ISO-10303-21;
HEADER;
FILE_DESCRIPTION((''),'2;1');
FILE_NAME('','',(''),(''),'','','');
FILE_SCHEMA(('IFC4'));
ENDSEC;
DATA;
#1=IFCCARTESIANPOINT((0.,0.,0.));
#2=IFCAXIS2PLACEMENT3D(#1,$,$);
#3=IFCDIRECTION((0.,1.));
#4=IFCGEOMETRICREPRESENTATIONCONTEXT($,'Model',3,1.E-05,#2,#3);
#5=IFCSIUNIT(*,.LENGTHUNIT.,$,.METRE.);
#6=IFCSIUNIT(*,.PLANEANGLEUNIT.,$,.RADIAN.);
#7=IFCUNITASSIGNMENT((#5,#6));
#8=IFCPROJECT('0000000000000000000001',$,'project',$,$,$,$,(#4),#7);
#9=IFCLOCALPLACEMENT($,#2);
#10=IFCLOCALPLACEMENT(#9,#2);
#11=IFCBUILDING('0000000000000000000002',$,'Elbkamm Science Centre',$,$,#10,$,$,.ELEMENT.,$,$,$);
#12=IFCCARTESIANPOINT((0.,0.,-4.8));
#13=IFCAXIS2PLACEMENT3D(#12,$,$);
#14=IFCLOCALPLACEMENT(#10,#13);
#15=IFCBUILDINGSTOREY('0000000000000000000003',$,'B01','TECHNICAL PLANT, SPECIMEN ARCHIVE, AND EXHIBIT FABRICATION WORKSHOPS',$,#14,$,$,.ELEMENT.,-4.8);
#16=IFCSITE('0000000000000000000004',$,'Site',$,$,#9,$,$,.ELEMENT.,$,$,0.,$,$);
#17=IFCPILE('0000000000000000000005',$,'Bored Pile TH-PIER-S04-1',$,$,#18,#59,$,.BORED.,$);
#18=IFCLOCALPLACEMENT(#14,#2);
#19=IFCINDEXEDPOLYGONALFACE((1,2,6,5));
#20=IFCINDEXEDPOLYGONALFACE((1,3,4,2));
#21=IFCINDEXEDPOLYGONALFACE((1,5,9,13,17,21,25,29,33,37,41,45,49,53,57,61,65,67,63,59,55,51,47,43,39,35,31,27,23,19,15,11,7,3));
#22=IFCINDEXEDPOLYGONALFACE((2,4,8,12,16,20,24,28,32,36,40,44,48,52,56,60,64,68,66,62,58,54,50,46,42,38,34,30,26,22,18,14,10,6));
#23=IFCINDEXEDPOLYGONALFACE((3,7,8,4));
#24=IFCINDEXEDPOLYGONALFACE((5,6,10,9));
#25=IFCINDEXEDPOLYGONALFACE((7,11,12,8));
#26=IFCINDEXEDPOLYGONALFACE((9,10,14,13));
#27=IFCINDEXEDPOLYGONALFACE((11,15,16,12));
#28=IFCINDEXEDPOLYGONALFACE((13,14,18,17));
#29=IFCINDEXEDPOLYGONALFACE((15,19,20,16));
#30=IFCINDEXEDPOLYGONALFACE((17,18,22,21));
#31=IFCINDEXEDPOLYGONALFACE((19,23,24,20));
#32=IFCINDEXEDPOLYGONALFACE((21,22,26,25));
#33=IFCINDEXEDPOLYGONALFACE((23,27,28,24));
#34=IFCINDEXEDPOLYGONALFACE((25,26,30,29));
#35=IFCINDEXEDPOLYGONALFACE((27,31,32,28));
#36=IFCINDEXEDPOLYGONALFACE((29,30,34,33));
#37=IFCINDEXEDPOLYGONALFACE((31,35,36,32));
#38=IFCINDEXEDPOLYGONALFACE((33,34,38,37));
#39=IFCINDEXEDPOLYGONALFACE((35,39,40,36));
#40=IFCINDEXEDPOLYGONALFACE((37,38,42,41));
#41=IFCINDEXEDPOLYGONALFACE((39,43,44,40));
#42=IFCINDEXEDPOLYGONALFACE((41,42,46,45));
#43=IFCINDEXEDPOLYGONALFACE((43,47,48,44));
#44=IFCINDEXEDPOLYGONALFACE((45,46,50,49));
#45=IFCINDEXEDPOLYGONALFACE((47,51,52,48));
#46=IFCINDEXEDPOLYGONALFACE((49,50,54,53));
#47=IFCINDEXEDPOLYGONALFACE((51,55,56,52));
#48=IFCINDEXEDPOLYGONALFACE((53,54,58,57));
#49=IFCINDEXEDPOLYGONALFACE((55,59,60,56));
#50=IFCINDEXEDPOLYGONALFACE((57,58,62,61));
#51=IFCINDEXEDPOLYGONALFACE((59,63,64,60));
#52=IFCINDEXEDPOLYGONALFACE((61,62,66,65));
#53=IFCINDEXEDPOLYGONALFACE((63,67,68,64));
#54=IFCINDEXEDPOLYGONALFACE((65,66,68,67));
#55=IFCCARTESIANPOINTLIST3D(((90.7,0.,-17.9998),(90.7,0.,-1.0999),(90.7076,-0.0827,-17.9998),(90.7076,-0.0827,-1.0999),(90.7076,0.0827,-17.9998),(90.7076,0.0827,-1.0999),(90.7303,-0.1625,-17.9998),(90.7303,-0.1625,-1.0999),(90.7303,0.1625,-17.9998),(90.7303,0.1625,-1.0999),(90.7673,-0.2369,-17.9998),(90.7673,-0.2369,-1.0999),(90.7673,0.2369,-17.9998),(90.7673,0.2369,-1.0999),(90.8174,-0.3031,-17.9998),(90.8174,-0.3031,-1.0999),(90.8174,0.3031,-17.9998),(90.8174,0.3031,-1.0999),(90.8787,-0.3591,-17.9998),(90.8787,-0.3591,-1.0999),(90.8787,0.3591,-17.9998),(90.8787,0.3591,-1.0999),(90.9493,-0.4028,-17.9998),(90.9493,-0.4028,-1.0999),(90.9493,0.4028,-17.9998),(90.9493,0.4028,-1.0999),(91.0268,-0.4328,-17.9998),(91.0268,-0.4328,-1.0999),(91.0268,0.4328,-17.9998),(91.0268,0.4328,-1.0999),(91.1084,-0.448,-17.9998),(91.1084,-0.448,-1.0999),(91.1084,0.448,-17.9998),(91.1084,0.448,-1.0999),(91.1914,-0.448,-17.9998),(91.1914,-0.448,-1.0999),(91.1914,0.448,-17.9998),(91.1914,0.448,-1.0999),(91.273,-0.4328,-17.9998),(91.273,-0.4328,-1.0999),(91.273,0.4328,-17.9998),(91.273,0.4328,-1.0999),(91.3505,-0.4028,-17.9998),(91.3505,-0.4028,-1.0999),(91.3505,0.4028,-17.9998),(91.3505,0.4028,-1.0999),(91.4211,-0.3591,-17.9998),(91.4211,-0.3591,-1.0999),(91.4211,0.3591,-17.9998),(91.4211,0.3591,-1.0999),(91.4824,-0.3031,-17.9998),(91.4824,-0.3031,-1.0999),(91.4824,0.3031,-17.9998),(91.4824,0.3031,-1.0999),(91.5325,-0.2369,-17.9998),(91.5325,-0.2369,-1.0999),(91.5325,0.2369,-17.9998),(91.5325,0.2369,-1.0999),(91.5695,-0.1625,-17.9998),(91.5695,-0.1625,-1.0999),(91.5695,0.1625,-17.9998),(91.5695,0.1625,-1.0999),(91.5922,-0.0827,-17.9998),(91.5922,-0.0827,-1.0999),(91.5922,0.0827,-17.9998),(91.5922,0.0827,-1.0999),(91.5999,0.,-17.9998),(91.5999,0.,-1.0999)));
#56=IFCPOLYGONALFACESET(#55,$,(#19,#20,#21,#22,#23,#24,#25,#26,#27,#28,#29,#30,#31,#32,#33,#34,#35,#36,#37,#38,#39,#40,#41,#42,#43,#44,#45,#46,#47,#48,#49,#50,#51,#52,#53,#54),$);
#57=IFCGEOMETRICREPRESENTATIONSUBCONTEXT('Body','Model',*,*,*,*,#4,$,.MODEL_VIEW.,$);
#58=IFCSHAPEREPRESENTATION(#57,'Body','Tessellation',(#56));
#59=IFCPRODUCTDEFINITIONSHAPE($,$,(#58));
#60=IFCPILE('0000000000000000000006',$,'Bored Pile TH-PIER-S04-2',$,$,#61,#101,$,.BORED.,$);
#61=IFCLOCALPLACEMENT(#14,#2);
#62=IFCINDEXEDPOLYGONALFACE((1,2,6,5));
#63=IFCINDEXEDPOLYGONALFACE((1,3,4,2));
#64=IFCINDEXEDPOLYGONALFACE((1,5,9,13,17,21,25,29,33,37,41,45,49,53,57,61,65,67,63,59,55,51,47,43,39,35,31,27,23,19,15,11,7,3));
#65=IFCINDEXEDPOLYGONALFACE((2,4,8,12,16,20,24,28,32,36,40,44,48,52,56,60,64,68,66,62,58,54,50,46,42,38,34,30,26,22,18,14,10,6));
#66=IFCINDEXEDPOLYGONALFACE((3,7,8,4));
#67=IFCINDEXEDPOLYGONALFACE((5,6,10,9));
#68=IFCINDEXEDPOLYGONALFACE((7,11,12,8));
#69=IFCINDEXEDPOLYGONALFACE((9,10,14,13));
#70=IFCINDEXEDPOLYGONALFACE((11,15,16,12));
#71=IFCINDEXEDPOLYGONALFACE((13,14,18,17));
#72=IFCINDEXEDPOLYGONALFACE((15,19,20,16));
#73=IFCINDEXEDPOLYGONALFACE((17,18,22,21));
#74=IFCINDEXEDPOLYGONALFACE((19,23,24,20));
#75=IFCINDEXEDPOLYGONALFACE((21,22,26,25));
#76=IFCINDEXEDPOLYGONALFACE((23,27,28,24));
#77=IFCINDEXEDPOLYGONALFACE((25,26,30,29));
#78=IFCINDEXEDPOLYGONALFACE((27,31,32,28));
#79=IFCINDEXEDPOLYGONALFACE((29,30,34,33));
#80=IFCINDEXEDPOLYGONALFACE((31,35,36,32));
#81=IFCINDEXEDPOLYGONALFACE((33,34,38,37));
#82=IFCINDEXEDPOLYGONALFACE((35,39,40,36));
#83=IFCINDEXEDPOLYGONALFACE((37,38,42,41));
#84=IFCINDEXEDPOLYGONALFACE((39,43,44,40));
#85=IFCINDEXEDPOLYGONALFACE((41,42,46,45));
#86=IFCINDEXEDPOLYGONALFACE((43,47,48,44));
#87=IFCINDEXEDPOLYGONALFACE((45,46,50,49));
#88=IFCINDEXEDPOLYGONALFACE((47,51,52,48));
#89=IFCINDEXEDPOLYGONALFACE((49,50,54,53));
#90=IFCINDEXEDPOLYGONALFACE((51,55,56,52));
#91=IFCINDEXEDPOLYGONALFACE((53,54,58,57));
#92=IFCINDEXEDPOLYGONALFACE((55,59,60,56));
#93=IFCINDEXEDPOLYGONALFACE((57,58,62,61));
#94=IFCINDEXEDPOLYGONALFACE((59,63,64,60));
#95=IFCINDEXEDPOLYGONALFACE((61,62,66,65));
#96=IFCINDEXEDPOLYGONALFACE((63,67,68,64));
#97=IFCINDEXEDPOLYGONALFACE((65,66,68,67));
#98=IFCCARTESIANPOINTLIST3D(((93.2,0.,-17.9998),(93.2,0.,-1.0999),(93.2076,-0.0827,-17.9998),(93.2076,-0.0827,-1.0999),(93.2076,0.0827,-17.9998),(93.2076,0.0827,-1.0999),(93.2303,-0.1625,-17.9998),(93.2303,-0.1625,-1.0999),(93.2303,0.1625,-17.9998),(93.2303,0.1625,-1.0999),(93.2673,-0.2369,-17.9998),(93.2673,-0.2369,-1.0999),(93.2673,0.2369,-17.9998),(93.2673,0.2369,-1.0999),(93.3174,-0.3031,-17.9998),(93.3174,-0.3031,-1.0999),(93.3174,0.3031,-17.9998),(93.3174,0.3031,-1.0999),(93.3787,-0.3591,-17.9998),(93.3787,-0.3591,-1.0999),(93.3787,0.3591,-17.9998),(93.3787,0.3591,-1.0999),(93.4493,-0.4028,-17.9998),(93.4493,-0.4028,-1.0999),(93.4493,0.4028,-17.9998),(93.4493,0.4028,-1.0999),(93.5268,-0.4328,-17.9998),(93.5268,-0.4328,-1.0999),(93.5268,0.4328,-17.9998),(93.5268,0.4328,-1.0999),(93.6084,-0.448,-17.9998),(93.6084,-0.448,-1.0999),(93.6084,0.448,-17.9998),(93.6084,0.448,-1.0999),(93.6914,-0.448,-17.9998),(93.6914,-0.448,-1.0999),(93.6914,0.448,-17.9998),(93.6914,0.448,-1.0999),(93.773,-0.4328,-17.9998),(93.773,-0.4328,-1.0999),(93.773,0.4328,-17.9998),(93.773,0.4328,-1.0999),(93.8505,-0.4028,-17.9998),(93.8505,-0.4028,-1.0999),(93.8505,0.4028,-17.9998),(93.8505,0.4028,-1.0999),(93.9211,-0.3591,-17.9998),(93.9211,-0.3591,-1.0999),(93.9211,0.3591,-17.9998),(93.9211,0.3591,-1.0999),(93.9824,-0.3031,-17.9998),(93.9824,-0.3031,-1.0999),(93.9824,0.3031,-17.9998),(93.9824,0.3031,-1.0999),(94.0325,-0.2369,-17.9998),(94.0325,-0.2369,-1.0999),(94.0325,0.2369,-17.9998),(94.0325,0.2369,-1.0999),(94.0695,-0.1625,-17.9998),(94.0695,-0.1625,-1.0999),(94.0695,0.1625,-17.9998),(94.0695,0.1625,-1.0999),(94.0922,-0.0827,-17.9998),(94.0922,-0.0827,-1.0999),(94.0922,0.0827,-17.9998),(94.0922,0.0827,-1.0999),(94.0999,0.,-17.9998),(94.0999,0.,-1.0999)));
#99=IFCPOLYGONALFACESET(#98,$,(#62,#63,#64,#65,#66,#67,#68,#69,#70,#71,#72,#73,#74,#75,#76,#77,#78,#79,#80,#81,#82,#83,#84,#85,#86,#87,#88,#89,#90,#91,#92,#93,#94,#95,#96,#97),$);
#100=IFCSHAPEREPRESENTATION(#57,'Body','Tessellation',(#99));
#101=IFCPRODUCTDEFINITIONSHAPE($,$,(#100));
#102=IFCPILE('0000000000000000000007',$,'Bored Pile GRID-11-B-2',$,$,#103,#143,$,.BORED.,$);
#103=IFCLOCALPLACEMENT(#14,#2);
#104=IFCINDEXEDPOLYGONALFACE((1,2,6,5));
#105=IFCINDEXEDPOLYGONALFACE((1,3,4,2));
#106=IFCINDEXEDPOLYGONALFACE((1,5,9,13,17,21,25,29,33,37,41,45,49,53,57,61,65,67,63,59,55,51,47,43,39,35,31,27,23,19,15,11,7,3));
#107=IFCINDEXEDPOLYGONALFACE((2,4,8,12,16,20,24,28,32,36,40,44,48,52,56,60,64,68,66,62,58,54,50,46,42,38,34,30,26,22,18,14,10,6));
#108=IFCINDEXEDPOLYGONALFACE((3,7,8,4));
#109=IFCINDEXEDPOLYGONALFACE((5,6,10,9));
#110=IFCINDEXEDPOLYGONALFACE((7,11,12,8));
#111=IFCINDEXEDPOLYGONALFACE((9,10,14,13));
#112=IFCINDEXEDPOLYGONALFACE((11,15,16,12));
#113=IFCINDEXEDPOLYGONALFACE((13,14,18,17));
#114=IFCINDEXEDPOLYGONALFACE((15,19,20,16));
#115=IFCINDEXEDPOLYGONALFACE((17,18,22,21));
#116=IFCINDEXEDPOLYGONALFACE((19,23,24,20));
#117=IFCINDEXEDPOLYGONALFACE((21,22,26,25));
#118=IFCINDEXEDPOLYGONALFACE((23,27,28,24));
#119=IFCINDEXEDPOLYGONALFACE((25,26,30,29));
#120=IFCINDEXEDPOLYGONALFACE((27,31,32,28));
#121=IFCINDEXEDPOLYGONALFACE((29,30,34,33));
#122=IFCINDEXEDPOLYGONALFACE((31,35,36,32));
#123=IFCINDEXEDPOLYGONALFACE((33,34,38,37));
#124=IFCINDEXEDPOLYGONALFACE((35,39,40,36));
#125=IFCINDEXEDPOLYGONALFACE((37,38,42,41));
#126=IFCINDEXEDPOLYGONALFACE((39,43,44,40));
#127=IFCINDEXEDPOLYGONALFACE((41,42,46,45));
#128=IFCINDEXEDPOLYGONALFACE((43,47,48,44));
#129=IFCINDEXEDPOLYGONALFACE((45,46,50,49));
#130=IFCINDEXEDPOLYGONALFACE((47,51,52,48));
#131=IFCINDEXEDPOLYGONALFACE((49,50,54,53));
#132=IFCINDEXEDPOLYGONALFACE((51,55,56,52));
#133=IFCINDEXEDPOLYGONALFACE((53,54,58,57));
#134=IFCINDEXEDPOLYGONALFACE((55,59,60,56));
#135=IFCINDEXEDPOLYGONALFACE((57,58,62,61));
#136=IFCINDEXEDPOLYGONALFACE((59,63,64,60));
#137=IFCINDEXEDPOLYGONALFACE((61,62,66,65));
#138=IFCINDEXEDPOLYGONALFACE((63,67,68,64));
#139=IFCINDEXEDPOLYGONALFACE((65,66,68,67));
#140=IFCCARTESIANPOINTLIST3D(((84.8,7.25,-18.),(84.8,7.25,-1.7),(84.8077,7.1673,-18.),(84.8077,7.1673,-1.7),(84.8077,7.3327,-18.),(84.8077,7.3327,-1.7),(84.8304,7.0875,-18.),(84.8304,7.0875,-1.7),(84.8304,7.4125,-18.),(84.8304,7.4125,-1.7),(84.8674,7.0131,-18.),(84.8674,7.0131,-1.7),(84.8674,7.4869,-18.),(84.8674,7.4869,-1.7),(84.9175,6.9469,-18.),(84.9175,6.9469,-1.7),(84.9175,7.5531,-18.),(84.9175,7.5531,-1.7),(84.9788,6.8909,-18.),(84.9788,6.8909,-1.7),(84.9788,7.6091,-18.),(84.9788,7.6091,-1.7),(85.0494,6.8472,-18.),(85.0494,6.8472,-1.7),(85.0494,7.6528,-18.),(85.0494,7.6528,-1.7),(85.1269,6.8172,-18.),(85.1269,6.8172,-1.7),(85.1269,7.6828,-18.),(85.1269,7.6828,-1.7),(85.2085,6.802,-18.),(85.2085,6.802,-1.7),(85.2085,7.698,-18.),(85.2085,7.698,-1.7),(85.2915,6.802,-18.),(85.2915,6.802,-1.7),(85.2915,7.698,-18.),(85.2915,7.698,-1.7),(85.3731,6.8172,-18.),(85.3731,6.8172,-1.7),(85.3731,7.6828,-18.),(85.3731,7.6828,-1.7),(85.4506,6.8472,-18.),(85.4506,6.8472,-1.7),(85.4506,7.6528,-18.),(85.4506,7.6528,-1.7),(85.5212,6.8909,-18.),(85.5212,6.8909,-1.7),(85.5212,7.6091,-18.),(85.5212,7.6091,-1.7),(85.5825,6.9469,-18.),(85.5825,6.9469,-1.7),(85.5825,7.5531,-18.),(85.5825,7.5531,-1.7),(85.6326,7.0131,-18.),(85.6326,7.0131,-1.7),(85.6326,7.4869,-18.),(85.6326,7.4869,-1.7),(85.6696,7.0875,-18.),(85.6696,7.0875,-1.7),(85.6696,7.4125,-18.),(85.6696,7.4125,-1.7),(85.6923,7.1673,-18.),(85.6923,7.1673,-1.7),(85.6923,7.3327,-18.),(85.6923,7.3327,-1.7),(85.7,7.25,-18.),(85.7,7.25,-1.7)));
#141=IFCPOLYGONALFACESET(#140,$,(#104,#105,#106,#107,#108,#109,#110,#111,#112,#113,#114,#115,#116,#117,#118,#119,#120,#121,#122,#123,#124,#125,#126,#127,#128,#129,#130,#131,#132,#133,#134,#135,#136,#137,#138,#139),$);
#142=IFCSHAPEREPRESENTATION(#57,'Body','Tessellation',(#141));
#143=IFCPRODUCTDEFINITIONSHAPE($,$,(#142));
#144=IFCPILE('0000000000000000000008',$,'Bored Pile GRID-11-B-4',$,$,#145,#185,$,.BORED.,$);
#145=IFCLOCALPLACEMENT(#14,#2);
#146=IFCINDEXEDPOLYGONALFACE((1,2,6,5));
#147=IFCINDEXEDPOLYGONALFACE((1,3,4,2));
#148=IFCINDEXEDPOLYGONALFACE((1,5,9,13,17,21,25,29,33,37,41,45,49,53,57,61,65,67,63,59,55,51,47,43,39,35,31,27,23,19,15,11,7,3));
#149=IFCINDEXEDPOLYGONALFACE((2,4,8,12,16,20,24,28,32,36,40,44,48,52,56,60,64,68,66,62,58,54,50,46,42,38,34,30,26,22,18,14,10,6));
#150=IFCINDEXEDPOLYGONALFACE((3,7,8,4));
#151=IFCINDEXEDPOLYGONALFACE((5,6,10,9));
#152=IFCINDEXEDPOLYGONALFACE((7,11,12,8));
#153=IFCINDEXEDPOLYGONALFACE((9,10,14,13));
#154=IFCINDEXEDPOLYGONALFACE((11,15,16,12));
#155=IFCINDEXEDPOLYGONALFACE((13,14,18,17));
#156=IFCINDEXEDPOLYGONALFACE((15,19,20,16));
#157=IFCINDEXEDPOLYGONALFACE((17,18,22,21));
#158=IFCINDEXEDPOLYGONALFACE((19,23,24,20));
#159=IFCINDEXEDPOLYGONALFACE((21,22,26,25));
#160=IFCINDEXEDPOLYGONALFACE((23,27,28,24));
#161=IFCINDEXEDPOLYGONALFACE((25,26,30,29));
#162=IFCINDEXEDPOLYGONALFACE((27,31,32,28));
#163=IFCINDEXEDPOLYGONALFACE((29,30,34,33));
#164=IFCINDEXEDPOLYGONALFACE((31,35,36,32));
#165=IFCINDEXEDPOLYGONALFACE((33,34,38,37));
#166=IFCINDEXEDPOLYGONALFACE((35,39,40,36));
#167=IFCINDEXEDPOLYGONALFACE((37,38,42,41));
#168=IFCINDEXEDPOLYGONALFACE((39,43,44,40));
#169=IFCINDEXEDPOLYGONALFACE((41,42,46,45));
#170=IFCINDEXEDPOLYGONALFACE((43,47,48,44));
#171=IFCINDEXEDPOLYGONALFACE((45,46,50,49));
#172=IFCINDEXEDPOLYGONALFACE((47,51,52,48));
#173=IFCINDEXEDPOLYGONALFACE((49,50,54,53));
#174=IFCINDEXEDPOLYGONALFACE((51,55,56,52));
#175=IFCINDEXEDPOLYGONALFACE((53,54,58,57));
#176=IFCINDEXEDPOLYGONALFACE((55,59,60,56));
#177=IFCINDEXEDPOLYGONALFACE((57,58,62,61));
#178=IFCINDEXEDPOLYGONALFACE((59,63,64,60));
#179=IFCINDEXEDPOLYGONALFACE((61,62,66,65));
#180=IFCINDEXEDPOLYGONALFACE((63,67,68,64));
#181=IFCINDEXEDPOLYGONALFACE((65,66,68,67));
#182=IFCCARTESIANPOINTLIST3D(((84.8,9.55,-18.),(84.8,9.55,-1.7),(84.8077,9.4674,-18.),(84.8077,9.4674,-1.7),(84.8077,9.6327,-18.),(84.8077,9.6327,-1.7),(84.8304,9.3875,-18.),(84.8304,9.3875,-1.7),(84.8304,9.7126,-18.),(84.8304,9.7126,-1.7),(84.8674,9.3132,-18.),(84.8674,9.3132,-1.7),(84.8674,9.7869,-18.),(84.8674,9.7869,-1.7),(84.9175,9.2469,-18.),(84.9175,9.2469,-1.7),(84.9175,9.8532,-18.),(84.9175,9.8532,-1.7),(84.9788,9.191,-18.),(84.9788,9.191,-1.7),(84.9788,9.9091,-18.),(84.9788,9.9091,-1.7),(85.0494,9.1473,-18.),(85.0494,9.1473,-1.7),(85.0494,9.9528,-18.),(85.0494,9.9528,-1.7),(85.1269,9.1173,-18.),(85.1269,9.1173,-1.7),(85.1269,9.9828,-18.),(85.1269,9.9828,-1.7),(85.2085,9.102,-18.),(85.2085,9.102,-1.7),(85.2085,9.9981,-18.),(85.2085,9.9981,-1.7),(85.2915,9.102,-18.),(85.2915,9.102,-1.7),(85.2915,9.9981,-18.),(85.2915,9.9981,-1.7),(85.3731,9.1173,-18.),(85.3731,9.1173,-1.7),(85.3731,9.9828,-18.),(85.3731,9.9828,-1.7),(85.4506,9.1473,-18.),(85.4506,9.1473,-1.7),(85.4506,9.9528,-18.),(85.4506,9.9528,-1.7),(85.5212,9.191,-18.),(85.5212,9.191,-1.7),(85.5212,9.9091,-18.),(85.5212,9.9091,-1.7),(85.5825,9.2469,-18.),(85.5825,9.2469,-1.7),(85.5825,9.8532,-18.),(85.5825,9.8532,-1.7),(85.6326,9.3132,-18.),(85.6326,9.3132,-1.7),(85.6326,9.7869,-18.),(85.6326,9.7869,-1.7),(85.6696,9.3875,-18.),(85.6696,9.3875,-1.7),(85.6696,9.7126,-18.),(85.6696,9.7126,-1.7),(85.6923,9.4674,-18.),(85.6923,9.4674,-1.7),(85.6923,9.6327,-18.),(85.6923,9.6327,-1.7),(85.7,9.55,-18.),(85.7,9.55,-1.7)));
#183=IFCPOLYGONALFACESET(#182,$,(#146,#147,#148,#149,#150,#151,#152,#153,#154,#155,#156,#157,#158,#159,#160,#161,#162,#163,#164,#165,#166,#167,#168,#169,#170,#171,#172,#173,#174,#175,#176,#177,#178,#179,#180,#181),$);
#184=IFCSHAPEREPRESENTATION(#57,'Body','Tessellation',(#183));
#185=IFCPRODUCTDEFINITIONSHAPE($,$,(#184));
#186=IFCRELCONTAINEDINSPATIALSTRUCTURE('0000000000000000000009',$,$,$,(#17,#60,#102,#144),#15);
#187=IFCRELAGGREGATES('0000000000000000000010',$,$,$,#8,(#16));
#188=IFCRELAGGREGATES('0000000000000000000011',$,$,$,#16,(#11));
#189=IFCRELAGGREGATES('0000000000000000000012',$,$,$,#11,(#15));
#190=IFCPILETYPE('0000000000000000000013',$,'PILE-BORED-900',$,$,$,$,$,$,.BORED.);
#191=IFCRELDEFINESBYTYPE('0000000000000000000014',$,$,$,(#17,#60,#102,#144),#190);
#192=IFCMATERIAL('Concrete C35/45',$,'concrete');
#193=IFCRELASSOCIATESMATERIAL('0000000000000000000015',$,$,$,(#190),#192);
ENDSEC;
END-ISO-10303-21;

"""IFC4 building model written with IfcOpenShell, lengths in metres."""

from ifc_helpers import new_model, si_unit, direction, frame, origin, origin_2d, place, context, subcontext, project, spatial, circle, extrude, material, material_profile, profile_set, type_object, element, save


model = new_model("IFC4")

# Units and contexts
model_context = context("Model", 3, precision=1e-05, world=origin(), true_north=direction((0.0, 1.0)))
body_context = subcontext(model_context, "Body", "Model", "MODEL_VIEW")
ifc_project = project(units=[si_unit("LENGTHUNIT", "METRE"), si_unit("PLANEANGLEUNIT", "RADIAN")], contexts=[model_context])

# Site, building, storey
site_placement = place(None, origin())
site = spatial("IfcSite", under=ifc_project, at=site_placement, Name="Site", CompositionType="ELEMENT", RefElevation=0.0)
building_placement = place(site_placement, origin())
building = spatial("IfcBuilding", under=site, at=building_placement, Name="Elbkamm Science Centre", CompositionType="ELEMENT")
storey_placement = place(building_placement, frame((0.0, 0.0, -4.8)))
storey = spatial("IfcBuildingStorey", under=building, at=storey_placement, Name="B01", Description="TECHNICAL PLANT, SPECIMEN ARCHIVE, AND EXHIBIT FABRICATION WORKSHOPS", CompositionType="ELEMENT", Elevation=-4.8)

# Shared definitions
ifc_material_1 = material(Name="Concrete C35/45", Category="concrete")

# Piles
ifc_material_profile_1 = material_profile(ifc_material_1, circle(Radius=0.45, at=origin_2d()), Name="PILE D900")
ifc_profile_set_1 = profile_set([ifc_material_profile_1], Name="Concrete C35/45")
pile_type = type_object("IfcPileType", Name="PILE-BORED-900", PredefinedType="BORED", material=ifc_profile_set_1)
for number, where, z_axis, x_axis, name in (
    (1, (91.1499, 0.0, -1.0999), (0.0, 0.0, -1.0), (1.0, 0.0, 0.0), "Bored Pile TH-PIER-S04-1"),
    (2, (93.6499, 0.0, -1.0999), (0.0, 0.0, -1.0), (1.0, 0.0, 0.0), "Bored Pile TH-PIER-S04-2"),
):
    element("IfcPile", number, at=place(storey_placement, frame(where, z_axis=z_axis, x_axis=x_axis)), inside=storey, type_object=pile_type, Name=name, PredefinedType="BORED", context=body_context, shape_type="SweptSolid", body=[
        extrude(circle(Radius=0.45, at=origin_2d()), origin(), (0.0, 0.0, 1.0), 16.8999),
    ])
for number, where, z_axis, x_axis, name in (
    (3, (85.25, 7.25, -1.7), (0.0, 0.0, -1.0), (1.0, 0.0, 0.0), "Bored Pile GRID-11-B-2"),
    (4, (85.25, 9.55, -1.7), (0.0, 0.0, -1.0), (1.0, 0.0, 0.0), "Bored Pile GRID-11-B-4"),
):
    element("IfcPile", number, at=place(storey_placement, frame(where, z_axis=z_axis, x_axis=x_axis)), inside=storey, type_object=pile_type, Name=name, PredefinedType="BORED", context=body_context, shape_type="SweptSolid", body=[
        extrude(circle(Radius=0.45, at=origin_2d()), origin(), (0.0, 0.0, 1.0), 16.3),
    ])

save(model, "model.ifc")
